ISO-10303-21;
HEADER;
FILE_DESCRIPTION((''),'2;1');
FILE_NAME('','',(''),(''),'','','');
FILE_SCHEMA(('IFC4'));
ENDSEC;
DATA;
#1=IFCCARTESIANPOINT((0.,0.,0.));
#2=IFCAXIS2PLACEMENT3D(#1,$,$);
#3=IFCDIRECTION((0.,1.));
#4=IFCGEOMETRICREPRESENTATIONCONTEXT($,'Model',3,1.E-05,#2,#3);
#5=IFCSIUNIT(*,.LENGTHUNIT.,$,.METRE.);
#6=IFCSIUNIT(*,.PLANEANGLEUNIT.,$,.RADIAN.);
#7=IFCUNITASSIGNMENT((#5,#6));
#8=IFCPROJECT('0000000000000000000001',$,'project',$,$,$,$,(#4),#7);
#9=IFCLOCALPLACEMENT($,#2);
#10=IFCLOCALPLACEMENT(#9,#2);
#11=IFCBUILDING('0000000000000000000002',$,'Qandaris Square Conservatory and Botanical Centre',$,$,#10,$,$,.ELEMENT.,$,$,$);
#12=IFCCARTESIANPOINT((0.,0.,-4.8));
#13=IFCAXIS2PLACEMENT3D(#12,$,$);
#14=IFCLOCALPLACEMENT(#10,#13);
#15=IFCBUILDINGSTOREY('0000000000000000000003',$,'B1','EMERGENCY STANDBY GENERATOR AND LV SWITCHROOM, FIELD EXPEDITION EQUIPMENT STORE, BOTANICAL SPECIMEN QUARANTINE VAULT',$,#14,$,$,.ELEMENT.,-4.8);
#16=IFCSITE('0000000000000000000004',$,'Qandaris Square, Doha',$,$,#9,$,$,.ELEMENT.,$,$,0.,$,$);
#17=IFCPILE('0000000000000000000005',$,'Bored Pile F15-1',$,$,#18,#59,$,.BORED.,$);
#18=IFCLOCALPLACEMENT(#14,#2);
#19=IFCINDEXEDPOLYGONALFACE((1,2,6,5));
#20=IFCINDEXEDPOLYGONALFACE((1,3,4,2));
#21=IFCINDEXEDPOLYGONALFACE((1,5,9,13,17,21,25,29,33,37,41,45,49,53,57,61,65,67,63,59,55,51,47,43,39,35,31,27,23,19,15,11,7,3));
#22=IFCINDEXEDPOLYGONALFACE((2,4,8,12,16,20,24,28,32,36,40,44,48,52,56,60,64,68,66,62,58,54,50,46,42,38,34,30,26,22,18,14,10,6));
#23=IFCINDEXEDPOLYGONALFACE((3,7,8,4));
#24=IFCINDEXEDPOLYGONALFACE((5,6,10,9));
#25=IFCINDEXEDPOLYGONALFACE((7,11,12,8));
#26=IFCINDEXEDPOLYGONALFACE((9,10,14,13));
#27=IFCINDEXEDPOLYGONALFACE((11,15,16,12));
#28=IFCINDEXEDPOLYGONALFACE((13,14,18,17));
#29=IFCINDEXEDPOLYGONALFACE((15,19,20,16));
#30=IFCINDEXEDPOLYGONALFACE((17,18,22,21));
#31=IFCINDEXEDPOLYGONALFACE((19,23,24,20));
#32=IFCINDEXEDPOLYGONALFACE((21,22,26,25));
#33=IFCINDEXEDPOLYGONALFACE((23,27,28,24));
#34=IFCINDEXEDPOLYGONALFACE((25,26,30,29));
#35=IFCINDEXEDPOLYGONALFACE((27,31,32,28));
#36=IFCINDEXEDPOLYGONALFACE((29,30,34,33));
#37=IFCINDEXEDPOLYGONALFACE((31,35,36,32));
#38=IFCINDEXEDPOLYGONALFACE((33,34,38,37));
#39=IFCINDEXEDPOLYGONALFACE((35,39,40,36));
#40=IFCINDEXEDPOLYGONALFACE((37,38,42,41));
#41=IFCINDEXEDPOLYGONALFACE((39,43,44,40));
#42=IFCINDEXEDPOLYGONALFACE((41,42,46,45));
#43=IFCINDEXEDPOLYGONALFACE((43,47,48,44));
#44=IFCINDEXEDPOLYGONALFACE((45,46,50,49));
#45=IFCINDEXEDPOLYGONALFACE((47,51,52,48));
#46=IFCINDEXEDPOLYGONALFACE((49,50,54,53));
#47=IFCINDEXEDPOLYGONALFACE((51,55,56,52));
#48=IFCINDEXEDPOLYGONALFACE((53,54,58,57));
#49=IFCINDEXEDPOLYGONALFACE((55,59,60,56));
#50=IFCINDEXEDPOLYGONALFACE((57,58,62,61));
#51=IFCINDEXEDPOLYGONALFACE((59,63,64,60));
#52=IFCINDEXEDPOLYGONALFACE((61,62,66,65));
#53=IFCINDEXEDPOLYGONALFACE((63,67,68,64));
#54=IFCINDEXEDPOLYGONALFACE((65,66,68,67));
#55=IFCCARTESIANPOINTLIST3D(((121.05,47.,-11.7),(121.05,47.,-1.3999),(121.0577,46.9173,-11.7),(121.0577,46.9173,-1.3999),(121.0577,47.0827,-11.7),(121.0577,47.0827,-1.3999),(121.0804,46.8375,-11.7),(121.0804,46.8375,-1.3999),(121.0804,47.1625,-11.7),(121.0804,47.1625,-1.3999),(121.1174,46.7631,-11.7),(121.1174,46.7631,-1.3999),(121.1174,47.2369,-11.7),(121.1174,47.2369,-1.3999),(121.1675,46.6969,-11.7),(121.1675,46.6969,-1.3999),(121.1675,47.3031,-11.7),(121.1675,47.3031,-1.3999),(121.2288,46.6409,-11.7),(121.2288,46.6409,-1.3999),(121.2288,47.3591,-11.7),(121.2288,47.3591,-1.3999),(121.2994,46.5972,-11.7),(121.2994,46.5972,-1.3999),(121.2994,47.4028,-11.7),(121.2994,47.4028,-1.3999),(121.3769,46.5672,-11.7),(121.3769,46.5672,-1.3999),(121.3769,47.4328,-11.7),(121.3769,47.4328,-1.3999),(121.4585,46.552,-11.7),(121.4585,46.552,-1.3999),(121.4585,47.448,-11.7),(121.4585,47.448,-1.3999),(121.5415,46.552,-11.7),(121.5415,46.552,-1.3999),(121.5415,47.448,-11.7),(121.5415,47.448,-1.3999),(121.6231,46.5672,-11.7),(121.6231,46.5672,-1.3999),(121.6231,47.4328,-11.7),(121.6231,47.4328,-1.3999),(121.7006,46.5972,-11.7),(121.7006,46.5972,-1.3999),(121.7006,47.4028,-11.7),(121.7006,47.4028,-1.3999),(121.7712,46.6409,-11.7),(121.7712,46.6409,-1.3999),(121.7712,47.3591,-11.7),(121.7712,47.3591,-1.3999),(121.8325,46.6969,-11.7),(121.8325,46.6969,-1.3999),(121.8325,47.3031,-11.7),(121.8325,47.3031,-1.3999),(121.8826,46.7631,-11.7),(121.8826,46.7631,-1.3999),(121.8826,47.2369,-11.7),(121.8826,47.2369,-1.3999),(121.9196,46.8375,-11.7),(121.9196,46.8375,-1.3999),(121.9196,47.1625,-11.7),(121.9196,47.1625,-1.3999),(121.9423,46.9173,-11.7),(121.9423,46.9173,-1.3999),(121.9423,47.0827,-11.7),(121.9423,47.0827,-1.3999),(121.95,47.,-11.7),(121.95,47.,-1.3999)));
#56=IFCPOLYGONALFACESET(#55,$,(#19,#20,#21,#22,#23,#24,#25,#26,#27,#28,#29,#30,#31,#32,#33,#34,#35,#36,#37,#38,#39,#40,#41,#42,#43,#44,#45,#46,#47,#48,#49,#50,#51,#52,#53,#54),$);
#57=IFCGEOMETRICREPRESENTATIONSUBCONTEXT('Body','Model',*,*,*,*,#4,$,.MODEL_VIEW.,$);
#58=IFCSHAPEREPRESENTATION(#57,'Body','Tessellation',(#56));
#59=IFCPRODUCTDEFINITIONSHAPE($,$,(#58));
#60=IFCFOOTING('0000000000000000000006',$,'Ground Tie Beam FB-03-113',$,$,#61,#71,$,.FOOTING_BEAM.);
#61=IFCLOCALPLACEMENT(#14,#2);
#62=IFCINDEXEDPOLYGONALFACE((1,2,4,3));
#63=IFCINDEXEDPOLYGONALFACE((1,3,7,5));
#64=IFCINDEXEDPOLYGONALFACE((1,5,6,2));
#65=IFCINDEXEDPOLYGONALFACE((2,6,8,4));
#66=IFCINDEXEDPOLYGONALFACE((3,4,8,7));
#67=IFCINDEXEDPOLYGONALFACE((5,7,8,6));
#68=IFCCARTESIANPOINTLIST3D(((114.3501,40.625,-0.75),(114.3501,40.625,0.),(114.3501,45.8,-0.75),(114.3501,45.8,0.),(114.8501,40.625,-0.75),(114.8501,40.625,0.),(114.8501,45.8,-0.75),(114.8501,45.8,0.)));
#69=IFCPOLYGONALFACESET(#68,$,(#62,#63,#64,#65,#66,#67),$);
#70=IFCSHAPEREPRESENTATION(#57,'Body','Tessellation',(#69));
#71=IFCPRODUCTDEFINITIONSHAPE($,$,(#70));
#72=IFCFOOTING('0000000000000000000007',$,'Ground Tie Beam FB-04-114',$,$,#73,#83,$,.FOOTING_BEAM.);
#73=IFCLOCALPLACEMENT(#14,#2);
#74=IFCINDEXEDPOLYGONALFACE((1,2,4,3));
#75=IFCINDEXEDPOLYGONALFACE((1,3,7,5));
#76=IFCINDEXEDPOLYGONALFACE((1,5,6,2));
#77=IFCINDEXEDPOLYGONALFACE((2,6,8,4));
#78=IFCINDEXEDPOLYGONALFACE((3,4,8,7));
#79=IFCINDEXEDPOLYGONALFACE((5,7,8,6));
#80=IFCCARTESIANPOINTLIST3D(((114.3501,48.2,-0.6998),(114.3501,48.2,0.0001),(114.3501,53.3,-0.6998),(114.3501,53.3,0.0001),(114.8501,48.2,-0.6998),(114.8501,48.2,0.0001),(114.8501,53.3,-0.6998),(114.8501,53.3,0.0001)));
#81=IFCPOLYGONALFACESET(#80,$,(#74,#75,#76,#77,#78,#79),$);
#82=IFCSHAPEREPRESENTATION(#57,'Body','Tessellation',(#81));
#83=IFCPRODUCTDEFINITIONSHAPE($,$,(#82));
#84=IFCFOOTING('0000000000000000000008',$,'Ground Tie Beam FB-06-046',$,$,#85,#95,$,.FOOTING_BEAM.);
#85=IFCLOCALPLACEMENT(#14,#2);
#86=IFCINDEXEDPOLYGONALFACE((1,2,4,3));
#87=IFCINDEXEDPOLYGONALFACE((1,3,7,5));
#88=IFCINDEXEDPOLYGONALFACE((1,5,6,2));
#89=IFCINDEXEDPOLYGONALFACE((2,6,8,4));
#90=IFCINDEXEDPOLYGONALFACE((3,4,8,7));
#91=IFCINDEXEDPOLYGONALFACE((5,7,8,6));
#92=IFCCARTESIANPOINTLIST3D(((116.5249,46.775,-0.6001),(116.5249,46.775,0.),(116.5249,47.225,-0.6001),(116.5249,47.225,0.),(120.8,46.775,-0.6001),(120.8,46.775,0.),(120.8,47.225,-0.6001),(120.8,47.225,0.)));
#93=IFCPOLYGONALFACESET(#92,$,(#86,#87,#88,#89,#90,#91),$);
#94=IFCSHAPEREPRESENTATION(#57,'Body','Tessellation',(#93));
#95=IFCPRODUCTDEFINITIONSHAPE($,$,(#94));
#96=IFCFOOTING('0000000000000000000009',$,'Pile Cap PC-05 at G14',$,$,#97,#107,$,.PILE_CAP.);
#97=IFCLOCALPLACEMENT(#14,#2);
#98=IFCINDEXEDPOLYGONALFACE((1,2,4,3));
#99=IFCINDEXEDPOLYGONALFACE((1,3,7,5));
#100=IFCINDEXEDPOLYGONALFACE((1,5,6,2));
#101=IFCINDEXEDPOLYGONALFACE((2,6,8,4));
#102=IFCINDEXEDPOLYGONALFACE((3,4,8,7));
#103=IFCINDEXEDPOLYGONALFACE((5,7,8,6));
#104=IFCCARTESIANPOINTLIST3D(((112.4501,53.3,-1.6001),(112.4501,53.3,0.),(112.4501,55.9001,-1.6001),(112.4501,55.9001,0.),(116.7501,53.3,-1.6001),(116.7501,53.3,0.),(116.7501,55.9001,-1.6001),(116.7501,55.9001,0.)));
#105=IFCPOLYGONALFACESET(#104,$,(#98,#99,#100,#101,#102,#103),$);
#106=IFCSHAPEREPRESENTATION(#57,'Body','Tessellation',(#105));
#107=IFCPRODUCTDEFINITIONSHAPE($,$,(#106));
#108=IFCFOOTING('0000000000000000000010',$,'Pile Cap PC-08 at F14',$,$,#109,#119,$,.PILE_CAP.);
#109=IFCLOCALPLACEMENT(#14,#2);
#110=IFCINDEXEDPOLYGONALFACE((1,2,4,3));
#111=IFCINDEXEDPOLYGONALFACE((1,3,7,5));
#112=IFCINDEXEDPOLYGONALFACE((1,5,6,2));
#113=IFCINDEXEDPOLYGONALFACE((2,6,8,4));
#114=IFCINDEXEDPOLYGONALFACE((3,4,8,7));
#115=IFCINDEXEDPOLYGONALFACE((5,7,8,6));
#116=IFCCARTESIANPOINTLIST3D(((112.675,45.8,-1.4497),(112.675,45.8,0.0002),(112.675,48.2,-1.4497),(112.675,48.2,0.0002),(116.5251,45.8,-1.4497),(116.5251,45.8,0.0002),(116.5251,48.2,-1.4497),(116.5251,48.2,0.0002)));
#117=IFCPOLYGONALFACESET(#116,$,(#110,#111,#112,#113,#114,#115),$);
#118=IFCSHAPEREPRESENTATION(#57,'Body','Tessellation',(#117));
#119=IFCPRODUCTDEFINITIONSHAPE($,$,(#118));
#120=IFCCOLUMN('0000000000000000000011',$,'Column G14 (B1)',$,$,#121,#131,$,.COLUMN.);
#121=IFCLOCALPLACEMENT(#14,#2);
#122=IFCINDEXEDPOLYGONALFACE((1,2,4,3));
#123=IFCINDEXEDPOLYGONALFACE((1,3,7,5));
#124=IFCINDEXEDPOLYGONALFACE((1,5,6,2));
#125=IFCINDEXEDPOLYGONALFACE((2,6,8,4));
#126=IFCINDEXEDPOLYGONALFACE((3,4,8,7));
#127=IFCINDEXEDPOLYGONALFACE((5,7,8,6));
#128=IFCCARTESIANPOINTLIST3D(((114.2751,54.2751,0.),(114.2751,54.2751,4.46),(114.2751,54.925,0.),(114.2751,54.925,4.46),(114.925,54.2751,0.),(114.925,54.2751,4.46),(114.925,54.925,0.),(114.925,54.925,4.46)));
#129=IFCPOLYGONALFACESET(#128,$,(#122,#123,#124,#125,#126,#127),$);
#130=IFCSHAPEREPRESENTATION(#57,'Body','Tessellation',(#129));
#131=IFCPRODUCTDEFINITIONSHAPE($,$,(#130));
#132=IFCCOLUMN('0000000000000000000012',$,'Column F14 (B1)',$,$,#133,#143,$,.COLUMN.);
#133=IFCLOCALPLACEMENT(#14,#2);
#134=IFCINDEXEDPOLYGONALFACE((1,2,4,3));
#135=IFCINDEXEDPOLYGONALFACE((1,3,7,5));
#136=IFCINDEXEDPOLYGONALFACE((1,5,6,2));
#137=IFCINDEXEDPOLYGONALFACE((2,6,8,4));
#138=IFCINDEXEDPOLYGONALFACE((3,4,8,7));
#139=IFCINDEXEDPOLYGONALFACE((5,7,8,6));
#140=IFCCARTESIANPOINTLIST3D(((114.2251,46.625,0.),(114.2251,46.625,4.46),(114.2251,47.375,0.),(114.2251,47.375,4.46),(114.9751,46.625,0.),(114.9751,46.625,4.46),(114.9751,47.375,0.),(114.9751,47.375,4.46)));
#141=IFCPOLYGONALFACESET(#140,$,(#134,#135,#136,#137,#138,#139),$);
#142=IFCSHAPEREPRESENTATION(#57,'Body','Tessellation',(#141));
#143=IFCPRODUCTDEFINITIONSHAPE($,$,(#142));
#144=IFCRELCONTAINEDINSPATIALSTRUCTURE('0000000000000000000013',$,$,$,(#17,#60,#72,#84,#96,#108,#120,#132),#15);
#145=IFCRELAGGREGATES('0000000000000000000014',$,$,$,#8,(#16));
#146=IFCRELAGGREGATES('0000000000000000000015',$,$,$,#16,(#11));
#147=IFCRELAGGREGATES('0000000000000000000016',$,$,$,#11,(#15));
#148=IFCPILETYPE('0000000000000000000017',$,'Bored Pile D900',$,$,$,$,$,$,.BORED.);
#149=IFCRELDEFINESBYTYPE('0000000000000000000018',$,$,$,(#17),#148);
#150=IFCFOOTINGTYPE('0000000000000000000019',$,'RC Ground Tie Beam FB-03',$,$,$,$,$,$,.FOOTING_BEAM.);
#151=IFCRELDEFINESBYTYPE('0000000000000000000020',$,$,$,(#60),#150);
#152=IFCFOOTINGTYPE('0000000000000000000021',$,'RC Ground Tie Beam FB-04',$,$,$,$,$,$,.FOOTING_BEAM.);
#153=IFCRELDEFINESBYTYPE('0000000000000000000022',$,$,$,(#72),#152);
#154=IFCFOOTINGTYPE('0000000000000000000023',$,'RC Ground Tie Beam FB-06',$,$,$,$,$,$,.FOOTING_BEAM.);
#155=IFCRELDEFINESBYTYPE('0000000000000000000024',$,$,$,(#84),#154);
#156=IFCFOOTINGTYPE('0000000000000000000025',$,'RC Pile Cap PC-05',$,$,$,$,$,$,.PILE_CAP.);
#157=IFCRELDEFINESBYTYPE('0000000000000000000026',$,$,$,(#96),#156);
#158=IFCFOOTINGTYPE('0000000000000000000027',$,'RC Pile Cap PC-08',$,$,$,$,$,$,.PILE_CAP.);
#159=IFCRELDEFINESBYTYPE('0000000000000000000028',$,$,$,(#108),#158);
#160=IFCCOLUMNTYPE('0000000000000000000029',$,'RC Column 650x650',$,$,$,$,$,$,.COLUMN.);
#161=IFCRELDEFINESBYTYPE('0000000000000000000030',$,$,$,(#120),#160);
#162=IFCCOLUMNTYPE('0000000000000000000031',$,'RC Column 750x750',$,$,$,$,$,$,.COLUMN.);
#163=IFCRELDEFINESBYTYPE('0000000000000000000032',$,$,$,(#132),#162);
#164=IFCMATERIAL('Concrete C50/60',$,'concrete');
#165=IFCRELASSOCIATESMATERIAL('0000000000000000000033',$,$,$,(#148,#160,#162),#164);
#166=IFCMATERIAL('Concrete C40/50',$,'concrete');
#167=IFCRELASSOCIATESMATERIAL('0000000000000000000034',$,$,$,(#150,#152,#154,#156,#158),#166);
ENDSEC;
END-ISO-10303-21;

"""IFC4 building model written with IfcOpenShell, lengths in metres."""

from ifc_helpers import new_model, si_unit, direction, frame, origin, origin_2d, place, context, subcontext, project, spatial, rectangle, circle, extrude, material, material_profile, profile_set, type_object, element, save


model = new_model("IFC4")

# Units and contexts
model_context = context("Model", 3, precision=1e-05, world=origin(), true_north=direction((0.0, 1.0)))
body_context = subcontext(model_context, "Body", "Model", "MODEL_VIEW")
ifc_project = project(units=[si_unit("LENGTHUNIT", "METRE"), si_unit("PLANEANGLEUNIT", "RADIAN")], contexts=[model_context])

# Site, building, storey
site_placement = place(None, origin())
site = spatial("IfcSite", under=ifc_project, at=site_placement, Name="Qandaris Square, Doha", CompositionType="ELEMENT", RefElevation=0.0)
building_placement = place(site_placement, origin())
building = spatial("IfcBuilding", under=site, at=building_placement, Name="Qandaris Square Conservatory and Botanical Centre", CompositionType="ELEMENT")
storey_placement = place(building_placement, frame((0.0, 0.0, -4.8)))
storey = spatial("IfcBuildingStorey", under=building, at=storey_placement, Name="B1", Description="EMERGENCY STANDBY GENERATOR AND LV SWITCHROOM, FIELD EXPEDITION EQUIPMENT STORE, BOTANICAL SPECIMEN QUARANTINE VAULT", CompositionType="ELEMENT", Elevation=-4.8)

# Pile
ifc_material_1 = material(Name="Concrete C50/60", Category="concrete")
ifc_material_profile_1 = material_profile(ifc_material_1, circle(Radius=0.45, at=origin_2d()), Name="PILE D900")
ifc_profile_set_1 = profile_set([ifc_material_profile_1], Name="Concrete C50/60")
pile_type_1 = type_object("IfcPileType", Name="Bored Pile D900", PredefinedType="BORED", material=ifc_profile_set_1)
pile_1_placement = place(storey_placement, frame((121.5, 47.0, -1.3999), z_axis=(0.0, 0.0, -1.0), x_axis=(1.0, 0.0, 0.0)))
element("IfcPile", 1, at=pile_1_placement, inside=storey, type_object=pile_type_1, Name="Bored Pile F15-1", PredefinedType="BORED", context=body_context, shape_type="SweptSolid", body=[
    extrude(circle(Radius=0.45, at=origin_2d()), origin(), (0.0, 0.0, 1.0), 10.3),
])

# Footings
ifc_material_2 = material(Name="Concrete C40/50", Category="concrete")
ifc_material_profile_2 = material_profile(ifc_material_2, rectangle(XDim=0.5, YDim=0.75, at=origin_2d()), Name="FB 500x750")
ifc_profile_set_2 = profile_set([ifc_material_profile_2], Name="Concrete C40/50")
footing_type_1 = type_object("IfcFootingType", Name="RC Ground Tie Beam FB-03", PredefinedType="FOOTING_BEAM", material=ifc_profile_set_2)
footing_1_placement = place(storey_placement, frame((114.6001, 40.625, -0.375), z_axis=(0.0, 1.0, 0.0), x_axis=(-1.0, 0.0, 0.0)))
element("IfcFooting", 2, at=footing_1_placement, inside=storey, type_object=footing_type_1, Name="Ground Tie Beam FB-03-113", PredefinedType="FOOTING_BEAM", context=body_context, shape_type="SweptSolid", body=[
    extrude(rectangle(XDim=0.5, YDim=0.75, at=origin_2d()), origin(), (0.0, 0.0, 1.0), 5.175),
])
ifc_material_profile_3 = material_profile(ifc_material_2, rectangle(XDim=0.5, YDim=0.7, at=origin_2d()), Name="FB 500x700")
ifc_profile_set_3 = profile_set([ifc_material_profile_3], Name="Concrete C40/50")
footing_type_2 = type_object("IfcFootingType", Name="RC Ground Tie Beam FB-04", PredefinedType="FOOTING_BEAM", material=ifc_profile_set_3)
footing_2_placement = place(storey_placement, frame((114.6001, 48.2, -0.3499), z_axis=(0.0, 1.0, 0.0), x_axis=(-1.0, 0.0, 0.0)))
element("IfcFooting", 3, at=footing_2_placement, inside=storey, type_object=footing_type_2, Name="Ground Tie Beam FB-04-114", PredefinedType="FOOTING_BEAM", context=body_context, shape_type="SweptSolid", body=[
    extrude(rectangle(XDim=0.5, YDim=0.7, at=origin_2d()), origin(), (0.0, 0.0, 1.0), 5.1001),
])
ifc_material_profile_4 = material_profile(ifc_material_2, rectangle(XDim=0.45, YDim=0.6001, at=origin_2d()), Name="FB 450x600")
ifc_profile_set_4 = profile_set([ifc_material_profile_4], Name="Concrete C40/50")
footing_type_3 = type_object("IfcFootingType", Name="RC Ground Tie Beam FB-06", PredefinedType="FOOTING_BEAM", material=ifc_profile_set_4)
footing_3_placement = place(storey_placement, frame((116.5249, 47.0, -0.3), z_axis=(1.0, 0.0, 0.0), x_axis=(0.0, 1.0, 0.0)))
element("IfcFooting", 4, at=footing_3_placement, inside=storey, type_object=footing_type_3, Name="Ground Tie Beam FB-06-046", PredefinedType="FOOTING_BEAM", context=body_context, shape_type="SweptSolid", body=[
    extrude(rectangle(XDim=0.45, YDim=0.6001, at=origin_2d()), origin(), (0.0, 0.0, 1.0), 4.2751),
])
footing_type_4 = type_object("IfcFootingType", Name="RC Pile Cap PC-05", PredefinedType="PILE_CAP", material=ifc_material_2)
footing_4_placement = place(storey_placement, frame((114.6001, 54.6001, -1.6001), z_axis=(0.0, 0.0, 1.0), x_axis=(1.0, 0.0, 0.0)))
element("IfcFooting", 5, at=footing_4_placement, inside=storey, type_object=footing_type_4, Name="Pile Cap PC-05 at G14", PredefinedType="PILE_CAP", context=body_context, shape_type="SweptSolid", body=[
    extrude(rectangle(XDim=4.3, YDim=2.6001, at=origin_2d()), origin(), (0.0, 0.0, 1.0), 1.6001),
])
footing_type_5 = type_object("IfcFootingType", Name="RC Pile Cap PC-08", PredefinedType="PILE_CAP", material=ifc_material_2)
footing_5_placement = place(storey_placement, frame((114.6001, 47.0, -1.4497), z_axis=(0.0, 0.0, 1.0), x_axis=(1.0, 0.0, 0.0)))
element("IfcFooting", 6, at=footing_5_placement, inside=storey, type_object=footing_type_5, Name="Pile Cap PC-08 at F14", PredefinedType="PILE_CAP", context=body_context, shape_type="SweptSolid", body=[
    extrude(rectangle(XDim=3.8501, YDim=2.3999, at=origin_2d()), origin(), (0.0, 0.0, 1.0), 1.45),
])

# Columns
ifc_material_profile_5 = material_profile(ifc_material_1, rectangle(XDim=0.6499, YDim=0.6499, at=origin_2d()), Name="RC-COL 650x650")
ifc_profile_set_5 = profile_set([ifc_material_profile_5], Name="Concrete C50/60")
column_type_1 = type_object("IfcColumnType", Name="RC Column 650x650", PredefinedType="COLUMN", material=ifc_profile_set_5)
column_1_placement = place(storey_placement, frame((114.6001, 54.6001, 0.0), z_axis=(0.0, 0.0, 1.0), x_axis=(1.0, 0.0, 0.0)))
element("IfcColumn", 7, at=column_1_placement, inside=storey, type_object=column_type_1, Name="Column G14 (B1)", PredefinedType="COLUMN", context=body_context, shape_type="SweptSolid", body=[
    extrude(rectangle(XDim=0.6499, YDim=0.6499, at=origin_2d()), origin(), (0.0, 0.0, 1.0), 4.46),
])
ifc_material_profile_6 = material_profile(ifc_material_1, rectangle(XDim=0.75, YDim=0.75, at=origin_2d()), Name="RC-COL 750x750")
ifc_profile_set_6 = profile_set([ifc_material_profile_6], Name="Concrete C50/60")
column_type_2 = type_object("IfcColumnType", Name="RC Column 750x750", PredefinedType="COLUMN", material=ifc_profile_set_6)
column_2_placement = place(storey_placement, frame((114.6001, 47.0, 0.0), z_axis=(0.0, 0.0, 1.0), x_axis=(1.0, 0.0, 0.0)))
element("IfcColumn", 8, at=column_2_placement, inside=storey, type_object=column_type_2, Name="Column F14 (B1)", PredefinedType="COLUMN", context=body_context, shape_type="SweptSolid", body=[
    extrude(rectangle(XDim=0.75, YDim=0.75, at=origin_2d()), origin(), (0.0, 0.0, 1.0), 4.46),
])

save(model, "model.ifc")
